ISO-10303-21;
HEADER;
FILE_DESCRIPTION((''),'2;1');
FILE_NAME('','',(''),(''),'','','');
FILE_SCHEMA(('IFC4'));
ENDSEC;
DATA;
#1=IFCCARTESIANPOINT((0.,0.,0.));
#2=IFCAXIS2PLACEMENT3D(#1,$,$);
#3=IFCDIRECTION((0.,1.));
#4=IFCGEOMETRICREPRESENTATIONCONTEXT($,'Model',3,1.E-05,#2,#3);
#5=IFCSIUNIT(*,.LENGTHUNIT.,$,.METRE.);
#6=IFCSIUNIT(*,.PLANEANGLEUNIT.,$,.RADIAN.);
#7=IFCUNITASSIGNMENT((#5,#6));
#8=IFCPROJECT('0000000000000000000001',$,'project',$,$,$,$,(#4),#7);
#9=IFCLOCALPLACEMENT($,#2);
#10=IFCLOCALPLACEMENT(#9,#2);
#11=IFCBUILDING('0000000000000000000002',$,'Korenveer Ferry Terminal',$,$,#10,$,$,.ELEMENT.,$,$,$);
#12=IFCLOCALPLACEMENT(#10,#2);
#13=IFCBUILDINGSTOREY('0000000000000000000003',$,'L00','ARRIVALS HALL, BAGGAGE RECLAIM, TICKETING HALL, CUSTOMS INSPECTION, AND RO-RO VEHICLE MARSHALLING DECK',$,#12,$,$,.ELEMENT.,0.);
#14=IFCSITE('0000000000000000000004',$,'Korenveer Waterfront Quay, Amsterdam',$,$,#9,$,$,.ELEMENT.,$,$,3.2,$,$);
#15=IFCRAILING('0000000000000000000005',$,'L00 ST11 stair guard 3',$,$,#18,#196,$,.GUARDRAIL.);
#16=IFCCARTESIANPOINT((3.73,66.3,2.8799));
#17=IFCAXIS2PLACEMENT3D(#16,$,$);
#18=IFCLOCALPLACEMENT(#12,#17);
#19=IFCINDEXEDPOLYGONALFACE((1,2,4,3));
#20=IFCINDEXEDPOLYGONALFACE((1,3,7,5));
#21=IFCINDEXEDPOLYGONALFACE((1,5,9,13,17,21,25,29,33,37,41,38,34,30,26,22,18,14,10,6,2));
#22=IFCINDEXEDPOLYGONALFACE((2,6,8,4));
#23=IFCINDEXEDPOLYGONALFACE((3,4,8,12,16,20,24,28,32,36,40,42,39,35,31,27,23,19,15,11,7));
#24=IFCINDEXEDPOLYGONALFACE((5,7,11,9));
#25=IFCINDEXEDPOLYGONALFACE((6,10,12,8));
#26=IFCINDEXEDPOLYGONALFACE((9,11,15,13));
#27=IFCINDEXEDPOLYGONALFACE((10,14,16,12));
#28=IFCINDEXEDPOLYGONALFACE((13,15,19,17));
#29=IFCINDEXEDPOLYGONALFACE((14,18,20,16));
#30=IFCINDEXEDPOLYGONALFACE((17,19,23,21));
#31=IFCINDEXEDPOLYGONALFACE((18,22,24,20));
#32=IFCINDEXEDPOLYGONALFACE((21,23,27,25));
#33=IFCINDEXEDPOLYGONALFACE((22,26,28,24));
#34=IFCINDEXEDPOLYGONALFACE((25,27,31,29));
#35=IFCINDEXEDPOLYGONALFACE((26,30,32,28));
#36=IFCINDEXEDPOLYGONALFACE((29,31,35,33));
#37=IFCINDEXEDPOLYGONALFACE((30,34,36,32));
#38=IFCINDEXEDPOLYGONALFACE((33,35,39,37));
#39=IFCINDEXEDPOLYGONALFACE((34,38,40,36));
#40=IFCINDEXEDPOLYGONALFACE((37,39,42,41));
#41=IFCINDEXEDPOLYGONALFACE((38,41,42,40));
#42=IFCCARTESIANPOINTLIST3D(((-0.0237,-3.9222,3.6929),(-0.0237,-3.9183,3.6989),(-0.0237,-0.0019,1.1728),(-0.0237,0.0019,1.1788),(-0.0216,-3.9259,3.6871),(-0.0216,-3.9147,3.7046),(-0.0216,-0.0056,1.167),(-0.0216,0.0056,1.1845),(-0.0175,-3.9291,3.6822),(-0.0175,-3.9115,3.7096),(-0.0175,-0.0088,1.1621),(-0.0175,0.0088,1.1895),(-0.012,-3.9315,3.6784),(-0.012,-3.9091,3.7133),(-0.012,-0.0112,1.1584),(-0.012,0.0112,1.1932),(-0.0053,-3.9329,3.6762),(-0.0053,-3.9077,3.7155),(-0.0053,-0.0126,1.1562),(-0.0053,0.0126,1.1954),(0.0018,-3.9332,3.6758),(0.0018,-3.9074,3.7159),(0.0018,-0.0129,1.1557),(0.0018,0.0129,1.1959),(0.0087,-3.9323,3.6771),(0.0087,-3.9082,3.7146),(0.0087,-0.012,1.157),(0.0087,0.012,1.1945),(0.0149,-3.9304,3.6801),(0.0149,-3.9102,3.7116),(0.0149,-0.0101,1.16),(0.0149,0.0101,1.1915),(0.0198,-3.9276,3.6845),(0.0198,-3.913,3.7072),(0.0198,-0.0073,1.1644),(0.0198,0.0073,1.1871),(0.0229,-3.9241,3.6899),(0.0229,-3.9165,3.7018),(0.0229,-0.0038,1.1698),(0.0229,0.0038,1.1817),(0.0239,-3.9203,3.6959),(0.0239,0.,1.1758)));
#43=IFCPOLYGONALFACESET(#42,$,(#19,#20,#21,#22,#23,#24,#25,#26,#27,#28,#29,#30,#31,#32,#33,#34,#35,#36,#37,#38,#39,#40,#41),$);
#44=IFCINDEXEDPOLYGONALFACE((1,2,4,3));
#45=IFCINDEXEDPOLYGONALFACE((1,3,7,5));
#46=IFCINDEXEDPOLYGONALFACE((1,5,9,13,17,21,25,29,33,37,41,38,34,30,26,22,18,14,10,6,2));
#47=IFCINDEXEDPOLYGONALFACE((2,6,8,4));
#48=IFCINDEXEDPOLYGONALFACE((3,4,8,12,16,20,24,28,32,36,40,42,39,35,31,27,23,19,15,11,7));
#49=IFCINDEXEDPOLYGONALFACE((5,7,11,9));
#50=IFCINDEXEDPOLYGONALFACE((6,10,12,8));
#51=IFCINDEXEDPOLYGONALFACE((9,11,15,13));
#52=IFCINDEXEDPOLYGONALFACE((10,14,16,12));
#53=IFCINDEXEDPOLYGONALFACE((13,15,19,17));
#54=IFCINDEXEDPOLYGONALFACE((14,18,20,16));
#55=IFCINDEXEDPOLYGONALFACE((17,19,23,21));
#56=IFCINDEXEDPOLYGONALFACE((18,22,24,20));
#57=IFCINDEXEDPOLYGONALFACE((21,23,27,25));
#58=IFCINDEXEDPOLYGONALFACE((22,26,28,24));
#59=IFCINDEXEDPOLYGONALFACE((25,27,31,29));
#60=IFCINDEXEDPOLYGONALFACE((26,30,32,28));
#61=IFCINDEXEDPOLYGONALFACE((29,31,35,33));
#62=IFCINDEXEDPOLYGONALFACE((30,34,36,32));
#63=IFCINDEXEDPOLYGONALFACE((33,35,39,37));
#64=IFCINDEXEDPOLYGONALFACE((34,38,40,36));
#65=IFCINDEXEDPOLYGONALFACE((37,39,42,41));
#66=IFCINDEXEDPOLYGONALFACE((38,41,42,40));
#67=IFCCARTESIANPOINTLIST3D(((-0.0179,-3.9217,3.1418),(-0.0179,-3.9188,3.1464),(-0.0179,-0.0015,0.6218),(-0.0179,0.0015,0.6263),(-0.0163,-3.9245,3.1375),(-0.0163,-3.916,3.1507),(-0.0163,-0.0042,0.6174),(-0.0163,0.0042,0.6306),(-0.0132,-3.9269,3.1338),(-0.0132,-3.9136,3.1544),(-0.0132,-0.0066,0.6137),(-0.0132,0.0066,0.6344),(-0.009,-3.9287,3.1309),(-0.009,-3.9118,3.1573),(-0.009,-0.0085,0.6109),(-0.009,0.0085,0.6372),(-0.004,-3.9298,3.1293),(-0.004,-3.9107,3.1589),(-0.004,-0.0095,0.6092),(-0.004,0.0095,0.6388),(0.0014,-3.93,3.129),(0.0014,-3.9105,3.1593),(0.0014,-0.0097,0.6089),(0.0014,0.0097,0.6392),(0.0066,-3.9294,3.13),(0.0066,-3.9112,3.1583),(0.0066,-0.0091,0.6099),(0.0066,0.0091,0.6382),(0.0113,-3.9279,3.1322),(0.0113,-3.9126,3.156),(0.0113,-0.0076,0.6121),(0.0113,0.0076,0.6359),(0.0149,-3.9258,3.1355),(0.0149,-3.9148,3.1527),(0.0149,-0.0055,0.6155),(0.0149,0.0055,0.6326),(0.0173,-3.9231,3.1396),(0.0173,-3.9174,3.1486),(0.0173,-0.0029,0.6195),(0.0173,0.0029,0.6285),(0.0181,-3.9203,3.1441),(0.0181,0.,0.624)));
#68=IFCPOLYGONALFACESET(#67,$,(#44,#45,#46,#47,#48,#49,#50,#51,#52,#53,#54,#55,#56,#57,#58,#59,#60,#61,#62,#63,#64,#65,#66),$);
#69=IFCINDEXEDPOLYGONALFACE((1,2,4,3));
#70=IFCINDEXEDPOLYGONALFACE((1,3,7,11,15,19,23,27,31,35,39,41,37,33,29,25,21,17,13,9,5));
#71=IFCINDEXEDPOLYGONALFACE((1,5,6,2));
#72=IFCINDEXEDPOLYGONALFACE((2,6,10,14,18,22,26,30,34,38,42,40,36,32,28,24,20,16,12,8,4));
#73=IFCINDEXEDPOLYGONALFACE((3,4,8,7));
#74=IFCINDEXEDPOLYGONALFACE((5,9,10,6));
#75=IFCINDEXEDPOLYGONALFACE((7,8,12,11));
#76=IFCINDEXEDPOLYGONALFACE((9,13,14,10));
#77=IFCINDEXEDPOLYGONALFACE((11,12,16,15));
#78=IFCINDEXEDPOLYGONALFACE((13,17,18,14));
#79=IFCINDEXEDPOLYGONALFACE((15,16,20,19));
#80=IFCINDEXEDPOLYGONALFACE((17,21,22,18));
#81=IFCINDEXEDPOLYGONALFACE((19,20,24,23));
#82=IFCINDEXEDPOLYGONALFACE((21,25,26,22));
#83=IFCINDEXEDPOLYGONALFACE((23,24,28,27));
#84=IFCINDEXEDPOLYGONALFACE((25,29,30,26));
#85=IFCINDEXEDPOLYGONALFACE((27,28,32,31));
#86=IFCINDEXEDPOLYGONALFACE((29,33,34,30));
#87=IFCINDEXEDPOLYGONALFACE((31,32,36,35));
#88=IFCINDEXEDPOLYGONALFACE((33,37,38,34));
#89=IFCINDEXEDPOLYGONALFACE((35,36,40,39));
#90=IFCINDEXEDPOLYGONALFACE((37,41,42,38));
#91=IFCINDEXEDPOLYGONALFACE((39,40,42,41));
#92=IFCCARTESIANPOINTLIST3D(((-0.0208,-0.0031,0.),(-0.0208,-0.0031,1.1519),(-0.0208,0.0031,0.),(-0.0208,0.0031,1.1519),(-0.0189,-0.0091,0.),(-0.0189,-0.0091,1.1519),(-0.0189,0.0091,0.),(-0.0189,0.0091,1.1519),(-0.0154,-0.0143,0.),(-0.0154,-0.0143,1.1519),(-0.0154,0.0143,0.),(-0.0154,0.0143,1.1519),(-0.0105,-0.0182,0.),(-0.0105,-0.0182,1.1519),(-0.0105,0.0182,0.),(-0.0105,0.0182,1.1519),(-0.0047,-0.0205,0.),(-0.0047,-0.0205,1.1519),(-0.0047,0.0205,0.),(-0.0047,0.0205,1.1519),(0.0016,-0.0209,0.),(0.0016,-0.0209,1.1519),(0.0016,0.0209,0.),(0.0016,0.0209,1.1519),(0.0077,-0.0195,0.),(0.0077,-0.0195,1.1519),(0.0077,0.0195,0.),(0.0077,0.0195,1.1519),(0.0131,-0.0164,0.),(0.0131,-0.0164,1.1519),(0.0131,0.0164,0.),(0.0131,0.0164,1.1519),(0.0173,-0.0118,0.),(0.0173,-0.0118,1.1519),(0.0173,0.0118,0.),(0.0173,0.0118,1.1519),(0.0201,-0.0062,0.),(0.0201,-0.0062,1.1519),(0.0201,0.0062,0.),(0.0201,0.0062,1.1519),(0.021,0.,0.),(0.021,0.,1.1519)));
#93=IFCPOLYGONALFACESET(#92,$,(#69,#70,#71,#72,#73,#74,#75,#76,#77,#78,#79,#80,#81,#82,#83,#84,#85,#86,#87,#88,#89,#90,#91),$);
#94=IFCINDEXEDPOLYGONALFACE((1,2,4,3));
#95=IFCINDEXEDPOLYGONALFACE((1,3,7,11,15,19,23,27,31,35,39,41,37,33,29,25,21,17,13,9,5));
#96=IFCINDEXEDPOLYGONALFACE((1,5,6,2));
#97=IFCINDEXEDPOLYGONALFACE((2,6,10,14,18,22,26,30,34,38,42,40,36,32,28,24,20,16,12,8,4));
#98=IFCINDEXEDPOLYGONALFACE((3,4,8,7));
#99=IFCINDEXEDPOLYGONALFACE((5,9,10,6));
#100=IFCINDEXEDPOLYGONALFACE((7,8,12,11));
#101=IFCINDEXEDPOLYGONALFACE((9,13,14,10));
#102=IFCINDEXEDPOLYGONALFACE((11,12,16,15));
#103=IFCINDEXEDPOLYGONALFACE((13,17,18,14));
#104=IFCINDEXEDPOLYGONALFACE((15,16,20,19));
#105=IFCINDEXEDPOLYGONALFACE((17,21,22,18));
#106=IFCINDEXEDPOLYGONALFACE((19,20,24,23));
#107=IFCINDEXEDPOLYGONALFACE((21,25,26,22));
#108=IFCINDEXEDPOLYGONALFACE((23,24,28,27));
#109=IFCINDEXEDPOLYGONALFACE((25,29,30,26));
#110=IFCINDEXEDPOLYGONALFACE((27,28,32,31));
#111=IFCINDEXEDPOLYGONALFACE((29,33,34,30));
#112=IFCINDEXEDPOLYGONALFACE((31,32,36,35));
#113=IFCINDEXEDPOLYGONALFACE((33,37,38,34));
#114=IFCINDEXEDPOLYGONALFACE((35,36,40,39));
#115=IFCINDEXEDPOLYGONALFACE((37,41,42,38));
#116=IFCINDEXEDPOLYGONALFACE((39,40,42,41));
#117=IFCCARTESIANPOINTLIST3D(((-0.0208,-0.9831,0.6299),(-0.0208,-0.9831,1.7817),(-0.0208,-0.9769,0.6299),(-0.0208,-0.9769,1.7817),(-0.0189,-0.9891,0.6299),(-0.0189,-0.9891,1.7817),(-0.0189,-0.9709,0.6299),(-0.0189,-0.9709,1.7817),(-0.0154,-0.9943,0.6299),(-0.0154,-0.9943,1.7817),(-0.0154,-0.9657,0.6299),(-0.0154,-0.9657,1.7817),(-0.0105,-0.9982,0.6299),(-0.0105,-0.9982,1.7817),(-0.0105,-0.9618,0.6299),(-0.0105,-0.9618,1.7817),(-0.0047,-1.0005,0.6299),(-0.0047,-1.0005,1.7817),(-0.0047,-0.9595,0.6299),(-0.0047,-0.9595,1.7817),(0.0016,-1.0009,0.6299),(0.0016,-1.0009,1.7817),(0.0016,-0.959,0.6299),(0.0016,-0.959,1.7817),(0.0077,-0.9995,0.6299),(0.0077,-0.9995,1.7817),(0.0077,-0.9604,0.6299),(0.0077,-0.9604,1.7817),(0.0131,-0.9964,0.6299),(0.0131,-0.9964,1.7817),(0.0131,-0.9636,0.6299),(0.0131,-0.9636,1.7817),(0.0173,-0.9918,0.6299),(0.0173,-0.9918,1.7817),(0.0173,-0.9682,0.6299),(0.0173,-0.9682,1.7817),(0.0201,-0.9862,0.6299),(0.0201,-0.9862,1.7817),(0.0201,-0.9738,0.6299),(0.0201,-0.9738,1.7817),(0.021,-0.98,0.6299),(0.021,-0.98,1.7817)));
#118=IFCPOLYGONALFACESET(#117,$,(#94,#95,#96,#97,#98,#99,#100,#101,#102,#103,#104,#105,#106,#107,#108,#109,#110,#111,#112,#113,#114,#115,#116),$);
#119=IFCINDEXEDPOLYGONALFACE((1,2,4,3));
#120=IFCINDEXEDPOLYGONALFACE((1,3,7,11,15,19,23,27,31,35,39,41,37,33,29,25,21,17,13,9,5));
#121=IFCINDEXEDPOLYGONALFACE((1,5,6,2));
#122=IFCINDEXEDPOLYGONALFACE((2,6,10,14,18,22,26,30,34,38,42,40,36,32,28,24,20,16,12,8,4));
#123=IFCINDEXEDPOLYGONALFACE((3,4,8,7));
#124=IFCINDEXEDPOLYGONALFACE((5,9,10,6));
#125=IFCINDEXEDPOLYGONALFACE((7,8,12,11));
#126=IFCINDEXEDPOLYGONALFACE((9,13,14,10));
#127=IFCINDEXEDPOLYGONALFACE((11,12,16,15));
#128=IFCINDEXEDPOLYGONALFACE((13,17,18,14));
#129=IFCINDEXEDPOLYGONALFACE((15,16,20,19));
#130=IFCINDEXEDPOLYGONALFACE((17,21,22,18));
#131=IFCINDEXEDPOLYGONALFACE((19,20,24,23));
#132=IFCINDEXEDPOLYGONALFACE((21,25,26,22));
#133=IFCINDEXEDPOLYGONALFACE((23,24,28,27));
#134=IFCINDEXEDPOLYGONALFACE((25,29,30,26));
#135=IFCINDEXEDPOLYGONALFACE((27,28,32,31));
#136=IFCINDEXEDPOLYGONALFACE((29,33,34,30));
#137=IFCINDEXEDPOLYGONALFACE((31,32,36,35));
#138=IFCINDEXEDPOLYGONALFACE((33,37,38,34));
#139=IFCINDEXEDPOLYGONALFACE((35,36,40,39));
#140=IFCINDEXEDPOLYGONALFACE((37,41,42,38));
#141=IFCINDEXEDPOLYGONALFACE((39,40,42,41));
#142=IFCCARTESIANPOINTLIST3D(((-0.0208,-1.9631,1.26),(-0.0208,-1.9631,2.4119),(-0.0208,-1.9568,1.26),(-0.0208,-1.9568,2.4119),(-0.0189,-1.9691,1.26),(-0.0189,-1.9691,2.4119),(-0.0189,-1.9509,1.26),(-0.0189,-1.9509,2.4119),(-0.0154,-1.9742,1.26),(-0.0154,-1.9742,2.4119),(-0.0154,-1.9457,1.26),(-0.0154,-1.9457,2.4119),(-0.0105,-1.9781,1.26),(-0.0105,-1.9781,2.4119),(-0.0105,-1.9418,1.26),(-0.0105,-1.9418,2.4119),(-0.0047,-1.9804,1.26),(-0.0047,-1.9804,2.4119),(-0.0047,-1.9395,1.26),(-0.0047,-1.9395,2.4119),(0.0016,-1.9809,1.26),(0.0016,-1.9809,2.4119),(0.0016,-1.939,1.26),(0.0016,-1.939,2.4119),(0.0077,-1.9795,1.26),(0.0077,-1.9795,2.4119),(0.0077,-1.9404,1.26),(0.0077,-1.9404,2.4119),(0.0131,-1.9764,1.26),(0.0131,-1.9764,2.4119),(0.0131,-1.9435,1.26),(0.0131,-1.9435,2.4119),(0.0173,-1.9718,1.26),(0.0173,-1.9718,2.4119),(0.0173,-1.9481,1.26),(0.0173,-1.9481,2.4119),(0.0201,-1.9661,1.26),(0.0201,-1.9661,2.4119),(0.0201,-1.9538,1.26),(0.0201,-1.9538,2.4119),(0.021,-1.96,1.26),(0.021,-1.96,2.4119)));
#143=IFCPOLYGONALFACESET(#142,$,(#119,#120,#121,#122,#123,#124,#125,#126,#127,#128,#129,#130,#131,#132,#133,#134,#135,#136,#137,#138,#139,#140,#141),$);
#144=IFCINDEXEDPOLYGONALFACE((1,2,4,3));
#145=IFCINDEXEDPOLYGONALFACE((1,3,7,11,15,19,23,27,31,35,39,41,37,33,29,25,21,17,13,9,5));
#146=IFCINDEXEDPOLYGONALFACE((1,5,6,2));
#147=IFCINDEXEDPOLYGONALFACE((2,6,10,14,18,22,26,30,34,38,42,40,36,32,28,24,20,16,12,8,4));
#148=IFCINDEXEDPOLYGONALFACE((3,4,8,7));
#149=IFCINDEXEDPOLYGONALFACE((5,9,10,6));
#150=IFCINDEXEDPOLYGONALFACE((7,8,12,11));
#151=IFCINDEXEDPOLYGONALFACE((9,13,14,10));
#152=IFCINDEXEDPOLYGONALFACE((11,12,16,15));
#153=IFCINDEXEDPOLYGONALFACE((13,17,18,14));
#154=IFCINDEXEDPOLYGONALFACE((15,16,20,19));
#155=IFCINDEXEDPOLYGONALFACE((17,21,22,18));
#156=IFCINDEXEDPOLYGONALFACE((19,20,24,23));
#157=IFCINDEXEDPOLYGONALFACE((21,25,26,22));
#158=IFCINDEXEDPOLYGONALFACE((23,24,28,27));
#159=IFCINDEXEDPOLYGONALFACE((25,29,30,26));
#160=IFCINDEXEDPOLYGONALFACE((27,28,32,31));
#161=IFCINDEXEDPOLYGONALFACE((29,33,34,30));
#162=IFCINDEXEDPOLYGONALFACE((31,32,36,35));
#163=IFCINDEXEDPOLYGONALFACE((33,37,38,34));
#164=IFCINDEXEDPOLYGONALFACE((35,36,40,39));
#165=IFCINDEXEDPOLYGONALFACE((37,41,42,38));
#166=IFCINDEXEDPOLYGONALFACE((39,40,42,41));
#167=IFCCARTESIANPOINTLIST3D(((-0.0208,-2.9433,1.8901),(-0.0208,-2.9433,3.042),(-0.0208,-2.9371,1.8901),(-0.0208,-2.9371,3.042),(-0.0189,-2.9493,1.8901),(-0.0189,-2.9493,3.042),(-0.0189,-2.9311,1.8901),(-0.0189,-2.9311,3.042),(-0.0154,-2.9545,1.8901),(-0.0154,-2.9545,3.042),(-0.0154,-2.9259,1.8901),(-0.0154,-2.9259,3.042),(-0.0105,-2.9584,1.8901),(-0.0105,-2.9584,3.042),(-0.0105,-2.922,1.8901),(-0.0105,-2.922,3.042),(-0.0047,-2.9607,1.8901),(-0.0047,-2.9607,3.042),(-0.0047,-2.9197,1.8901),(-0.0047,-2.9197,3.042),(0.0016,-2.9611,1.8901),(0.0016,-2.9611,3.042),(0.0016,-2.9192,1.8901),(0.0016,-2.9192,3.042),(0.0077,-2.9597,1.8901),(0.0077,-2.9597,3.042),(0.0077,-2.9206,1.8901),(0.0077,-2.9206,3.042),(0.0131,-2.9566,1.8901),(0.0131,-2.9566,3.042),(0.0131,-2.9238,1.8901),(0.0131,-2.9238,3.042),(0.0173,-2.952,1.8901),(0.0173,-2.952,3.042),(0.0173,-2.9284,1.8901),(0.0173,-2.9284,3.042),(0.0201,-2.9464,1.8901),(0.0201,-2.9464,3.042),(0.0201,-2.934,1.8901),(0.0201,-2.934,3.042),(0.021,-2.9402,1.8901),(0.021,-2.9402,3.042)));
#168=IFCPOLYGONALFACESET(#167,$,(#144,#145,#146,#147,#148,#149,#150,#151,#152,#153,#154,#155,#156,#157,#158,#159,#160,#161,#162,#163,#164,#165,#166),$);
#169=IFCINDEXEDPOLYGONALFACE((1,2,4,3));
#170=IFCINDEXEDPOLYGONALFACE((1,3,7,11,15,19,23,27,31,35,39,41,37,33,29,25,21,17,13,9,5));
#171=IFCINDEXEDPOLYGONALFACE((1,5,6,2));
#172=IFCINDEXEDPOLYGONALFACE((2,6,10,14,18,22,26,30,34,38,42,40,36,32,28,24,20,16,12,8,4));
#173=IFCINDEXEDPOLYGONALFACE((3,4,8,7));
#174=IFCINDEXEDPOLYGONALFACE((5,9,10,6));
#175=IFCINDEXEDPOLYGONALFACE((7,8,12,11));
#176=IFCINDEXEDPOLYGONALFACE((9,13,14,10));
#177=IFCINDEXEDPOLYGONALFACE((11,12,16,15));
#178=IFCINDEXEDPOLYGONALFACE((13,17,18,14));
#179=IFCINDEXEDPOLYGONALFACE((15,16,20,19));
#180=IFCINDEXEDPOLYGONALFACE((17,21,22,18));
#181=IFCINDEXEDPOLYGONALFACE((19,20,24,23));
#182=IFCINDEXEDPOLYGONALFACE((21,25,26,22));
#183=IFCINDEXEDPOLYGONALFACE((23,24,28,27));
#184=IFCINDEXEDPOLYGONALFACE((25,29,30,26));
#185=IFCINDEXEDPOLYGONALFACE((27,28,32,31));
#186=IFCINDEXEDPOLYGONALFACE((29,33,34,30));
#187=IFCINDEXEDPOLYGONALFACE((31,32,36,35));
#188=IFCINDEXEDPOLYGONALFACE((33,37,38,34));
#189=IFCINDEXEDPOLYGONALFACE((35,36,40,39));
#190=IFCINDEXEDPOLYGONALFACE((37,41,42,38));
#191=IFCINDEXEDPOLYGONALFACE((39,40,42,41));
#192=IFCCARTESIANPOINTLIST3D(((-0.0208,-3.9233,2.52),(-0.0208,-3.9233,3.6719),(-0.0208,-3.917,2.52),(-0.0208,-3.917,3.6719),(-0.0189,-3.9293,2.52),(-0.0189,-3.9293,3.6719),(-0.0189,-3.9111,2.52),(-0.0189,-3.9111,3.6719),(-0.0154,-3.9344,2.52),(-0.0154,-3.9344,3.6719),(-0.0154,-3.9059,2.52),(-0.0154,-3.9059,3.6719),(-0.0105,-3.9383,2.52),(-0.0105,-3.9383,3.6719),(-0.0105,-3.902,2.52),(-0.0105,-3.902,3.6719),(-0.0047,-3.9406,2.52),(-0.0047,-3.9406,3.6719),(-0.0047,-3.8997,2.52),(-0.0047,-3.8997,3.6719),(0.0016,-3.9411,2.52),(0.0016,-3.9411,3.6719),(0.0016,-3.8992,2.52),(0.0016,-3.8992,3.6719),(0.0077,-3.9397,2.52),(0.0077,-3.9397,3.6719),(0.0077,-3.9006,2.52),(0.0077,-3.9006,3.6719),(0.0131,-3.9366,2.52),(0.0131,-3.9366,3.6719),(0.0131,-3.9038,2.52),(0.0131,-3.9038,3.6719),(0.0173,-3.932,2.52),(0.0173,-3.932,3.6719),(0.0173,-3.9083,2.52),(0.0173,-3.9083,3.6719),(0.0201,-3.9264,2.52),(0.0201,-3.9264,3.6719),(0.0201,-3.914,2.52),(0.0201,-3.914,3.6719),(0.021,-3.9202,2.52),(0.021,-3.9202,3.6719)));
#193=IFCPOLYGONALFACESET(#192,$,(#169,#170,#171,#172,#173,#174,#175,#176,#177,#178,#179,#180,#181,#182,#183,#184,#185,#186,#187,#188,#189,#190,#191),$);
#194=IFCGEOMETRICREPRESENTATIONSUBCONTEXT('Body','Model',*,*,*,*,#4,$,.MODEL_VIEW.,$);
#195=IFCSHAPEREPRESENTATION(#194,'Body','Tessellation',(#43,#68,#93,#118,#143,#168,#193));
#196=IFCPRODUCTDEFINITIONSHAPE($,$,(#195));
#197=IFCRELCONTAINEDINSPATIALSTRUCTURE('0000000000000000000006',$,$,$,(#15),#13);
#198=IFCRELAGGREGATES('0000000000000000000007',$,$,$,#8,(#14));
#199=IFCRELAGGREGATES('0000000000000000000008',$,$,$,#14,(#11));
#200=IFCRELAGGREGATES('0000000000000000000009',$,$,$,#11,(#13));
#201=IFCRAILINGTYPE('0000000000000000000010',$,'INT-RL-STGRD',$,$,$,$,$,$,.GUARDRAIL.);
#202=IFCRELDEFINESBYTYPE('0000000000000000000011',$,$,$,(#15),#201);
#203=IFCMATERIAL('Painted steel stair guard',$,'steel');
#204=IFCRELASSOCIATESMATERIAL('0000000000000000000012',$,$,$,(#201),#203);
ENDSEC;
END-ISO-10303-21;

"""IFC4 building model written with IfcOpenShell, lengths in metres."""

from ifc_helpers import new_model, si_unit, direction, frame, origin, origin_2d, place, context, subcontext, project, spatial, circle, extrude, material, type_object, element, save


model = new_model("IFC4")

# Units and contexts
model_context = context("Model", 3, precision=1e-05, world=origin(), true_north=direction((0.0, 1.0)))
body_context = subcontext(model_context, "Body", "Model", "MODEL_VIEW")
ifc_project = project(units=[si_unit("LENGTHUNIT", "METRE"), si_unit("PLANEANGLEUNIT", "RADIAN")], contexts=[model_context])

# Site, building, storey
site_placement = place(None, origin())
site = spatial("IfcSite", under=ifc_project, at=site_placement, Name="Korenveer Waterfront Quay, Amsterdam", CompositionType="ELEMENT", RefElevation=3.2)
building_placement = place(site_placement, origin())
building = spatial("IfcBuilding", under=site, at=building_placement, Name="Korenveer Ferry Terminal", CompositionType="ELEMENT")
storey_placement = place(building_placement, origin())
storey = spatial("IfcBuildingStorey", under=building, at=storey_placement, Name="L00", Description="ARRIVALS HALL, BAGGAGE RECLAIM, TICKETING HALL, CUSTOMS INSPECTION, AND RO-RO VEHICLE MARSHALLING DECK", CompositionType="ELEMENT", Elevation=0.0)

# Railing
ifc_material_1 = material(Name="Painted steel stair guard", Category="steel")
railing_type_1 = type_object("IfcRailingType", Name="INT-RL-STGRD", PredefinedType="GUARDRAIL", material=ifc_material_1)
railing_1_placement = place(storey_placement, frame((3.73, 66.3, 2.8799)))
element("IfcRailing", 1, at=railing_1_placement, inside=storey, type_object=railing_type_1, Name="L00 ST11 stair guard 3", PredefinedType="GUARDRAIL", context=body_context, shape_type="SweptSolid", body=[
    extrude(circle(Radius=0.0239, at=origin_2d()), frame((0.0, 0.0, 1.1758), z_axis=(0.0, -0.841187, 0.540744), x_axis=(1.0, 0.0, 0.0)), (0.0, 0.0, 1.0), 4.6604),
    extrude(circle(Radius=0.0181, at=origin_2d()), frame((0.0, 0.0, 0.624), z_axis=(0.0, -0.841187, 0.540744), x_axis=(1.0, 0.0, 0.0)), (0.0, 0.0, 1.0), 4.6604),
    extrude(circle(Radius=0.021, at=origin_2d()), origin(), (0.0, 0.0, 1.0), 1.1519),
    extrude(circle(Radius=0.021, at=origin_2d()), frame((0.0, -0.98, 0.6299)), (0.0, 0.0, 1.0), 1.1519),
    extrude(circle(Radius=0.021, at=origin_2d()), frame((0.0, -1.96, 1.26)), (0.0, 0.0, 1.0), 1.1519),
    extrude(circle(Radius=0.021, at=origin_2d()), frame((0.0, -2.9402, 1.8901)), (0.0, 0.0, 1.0), 1.1519),
    extrude(circle(Radius=0.021, at=origin_2d()), frame((0.0, -3.9202, 2.52)), (0.0, 0.0, 1.0), 1.1519),
])

save(model, "model.ifc")
